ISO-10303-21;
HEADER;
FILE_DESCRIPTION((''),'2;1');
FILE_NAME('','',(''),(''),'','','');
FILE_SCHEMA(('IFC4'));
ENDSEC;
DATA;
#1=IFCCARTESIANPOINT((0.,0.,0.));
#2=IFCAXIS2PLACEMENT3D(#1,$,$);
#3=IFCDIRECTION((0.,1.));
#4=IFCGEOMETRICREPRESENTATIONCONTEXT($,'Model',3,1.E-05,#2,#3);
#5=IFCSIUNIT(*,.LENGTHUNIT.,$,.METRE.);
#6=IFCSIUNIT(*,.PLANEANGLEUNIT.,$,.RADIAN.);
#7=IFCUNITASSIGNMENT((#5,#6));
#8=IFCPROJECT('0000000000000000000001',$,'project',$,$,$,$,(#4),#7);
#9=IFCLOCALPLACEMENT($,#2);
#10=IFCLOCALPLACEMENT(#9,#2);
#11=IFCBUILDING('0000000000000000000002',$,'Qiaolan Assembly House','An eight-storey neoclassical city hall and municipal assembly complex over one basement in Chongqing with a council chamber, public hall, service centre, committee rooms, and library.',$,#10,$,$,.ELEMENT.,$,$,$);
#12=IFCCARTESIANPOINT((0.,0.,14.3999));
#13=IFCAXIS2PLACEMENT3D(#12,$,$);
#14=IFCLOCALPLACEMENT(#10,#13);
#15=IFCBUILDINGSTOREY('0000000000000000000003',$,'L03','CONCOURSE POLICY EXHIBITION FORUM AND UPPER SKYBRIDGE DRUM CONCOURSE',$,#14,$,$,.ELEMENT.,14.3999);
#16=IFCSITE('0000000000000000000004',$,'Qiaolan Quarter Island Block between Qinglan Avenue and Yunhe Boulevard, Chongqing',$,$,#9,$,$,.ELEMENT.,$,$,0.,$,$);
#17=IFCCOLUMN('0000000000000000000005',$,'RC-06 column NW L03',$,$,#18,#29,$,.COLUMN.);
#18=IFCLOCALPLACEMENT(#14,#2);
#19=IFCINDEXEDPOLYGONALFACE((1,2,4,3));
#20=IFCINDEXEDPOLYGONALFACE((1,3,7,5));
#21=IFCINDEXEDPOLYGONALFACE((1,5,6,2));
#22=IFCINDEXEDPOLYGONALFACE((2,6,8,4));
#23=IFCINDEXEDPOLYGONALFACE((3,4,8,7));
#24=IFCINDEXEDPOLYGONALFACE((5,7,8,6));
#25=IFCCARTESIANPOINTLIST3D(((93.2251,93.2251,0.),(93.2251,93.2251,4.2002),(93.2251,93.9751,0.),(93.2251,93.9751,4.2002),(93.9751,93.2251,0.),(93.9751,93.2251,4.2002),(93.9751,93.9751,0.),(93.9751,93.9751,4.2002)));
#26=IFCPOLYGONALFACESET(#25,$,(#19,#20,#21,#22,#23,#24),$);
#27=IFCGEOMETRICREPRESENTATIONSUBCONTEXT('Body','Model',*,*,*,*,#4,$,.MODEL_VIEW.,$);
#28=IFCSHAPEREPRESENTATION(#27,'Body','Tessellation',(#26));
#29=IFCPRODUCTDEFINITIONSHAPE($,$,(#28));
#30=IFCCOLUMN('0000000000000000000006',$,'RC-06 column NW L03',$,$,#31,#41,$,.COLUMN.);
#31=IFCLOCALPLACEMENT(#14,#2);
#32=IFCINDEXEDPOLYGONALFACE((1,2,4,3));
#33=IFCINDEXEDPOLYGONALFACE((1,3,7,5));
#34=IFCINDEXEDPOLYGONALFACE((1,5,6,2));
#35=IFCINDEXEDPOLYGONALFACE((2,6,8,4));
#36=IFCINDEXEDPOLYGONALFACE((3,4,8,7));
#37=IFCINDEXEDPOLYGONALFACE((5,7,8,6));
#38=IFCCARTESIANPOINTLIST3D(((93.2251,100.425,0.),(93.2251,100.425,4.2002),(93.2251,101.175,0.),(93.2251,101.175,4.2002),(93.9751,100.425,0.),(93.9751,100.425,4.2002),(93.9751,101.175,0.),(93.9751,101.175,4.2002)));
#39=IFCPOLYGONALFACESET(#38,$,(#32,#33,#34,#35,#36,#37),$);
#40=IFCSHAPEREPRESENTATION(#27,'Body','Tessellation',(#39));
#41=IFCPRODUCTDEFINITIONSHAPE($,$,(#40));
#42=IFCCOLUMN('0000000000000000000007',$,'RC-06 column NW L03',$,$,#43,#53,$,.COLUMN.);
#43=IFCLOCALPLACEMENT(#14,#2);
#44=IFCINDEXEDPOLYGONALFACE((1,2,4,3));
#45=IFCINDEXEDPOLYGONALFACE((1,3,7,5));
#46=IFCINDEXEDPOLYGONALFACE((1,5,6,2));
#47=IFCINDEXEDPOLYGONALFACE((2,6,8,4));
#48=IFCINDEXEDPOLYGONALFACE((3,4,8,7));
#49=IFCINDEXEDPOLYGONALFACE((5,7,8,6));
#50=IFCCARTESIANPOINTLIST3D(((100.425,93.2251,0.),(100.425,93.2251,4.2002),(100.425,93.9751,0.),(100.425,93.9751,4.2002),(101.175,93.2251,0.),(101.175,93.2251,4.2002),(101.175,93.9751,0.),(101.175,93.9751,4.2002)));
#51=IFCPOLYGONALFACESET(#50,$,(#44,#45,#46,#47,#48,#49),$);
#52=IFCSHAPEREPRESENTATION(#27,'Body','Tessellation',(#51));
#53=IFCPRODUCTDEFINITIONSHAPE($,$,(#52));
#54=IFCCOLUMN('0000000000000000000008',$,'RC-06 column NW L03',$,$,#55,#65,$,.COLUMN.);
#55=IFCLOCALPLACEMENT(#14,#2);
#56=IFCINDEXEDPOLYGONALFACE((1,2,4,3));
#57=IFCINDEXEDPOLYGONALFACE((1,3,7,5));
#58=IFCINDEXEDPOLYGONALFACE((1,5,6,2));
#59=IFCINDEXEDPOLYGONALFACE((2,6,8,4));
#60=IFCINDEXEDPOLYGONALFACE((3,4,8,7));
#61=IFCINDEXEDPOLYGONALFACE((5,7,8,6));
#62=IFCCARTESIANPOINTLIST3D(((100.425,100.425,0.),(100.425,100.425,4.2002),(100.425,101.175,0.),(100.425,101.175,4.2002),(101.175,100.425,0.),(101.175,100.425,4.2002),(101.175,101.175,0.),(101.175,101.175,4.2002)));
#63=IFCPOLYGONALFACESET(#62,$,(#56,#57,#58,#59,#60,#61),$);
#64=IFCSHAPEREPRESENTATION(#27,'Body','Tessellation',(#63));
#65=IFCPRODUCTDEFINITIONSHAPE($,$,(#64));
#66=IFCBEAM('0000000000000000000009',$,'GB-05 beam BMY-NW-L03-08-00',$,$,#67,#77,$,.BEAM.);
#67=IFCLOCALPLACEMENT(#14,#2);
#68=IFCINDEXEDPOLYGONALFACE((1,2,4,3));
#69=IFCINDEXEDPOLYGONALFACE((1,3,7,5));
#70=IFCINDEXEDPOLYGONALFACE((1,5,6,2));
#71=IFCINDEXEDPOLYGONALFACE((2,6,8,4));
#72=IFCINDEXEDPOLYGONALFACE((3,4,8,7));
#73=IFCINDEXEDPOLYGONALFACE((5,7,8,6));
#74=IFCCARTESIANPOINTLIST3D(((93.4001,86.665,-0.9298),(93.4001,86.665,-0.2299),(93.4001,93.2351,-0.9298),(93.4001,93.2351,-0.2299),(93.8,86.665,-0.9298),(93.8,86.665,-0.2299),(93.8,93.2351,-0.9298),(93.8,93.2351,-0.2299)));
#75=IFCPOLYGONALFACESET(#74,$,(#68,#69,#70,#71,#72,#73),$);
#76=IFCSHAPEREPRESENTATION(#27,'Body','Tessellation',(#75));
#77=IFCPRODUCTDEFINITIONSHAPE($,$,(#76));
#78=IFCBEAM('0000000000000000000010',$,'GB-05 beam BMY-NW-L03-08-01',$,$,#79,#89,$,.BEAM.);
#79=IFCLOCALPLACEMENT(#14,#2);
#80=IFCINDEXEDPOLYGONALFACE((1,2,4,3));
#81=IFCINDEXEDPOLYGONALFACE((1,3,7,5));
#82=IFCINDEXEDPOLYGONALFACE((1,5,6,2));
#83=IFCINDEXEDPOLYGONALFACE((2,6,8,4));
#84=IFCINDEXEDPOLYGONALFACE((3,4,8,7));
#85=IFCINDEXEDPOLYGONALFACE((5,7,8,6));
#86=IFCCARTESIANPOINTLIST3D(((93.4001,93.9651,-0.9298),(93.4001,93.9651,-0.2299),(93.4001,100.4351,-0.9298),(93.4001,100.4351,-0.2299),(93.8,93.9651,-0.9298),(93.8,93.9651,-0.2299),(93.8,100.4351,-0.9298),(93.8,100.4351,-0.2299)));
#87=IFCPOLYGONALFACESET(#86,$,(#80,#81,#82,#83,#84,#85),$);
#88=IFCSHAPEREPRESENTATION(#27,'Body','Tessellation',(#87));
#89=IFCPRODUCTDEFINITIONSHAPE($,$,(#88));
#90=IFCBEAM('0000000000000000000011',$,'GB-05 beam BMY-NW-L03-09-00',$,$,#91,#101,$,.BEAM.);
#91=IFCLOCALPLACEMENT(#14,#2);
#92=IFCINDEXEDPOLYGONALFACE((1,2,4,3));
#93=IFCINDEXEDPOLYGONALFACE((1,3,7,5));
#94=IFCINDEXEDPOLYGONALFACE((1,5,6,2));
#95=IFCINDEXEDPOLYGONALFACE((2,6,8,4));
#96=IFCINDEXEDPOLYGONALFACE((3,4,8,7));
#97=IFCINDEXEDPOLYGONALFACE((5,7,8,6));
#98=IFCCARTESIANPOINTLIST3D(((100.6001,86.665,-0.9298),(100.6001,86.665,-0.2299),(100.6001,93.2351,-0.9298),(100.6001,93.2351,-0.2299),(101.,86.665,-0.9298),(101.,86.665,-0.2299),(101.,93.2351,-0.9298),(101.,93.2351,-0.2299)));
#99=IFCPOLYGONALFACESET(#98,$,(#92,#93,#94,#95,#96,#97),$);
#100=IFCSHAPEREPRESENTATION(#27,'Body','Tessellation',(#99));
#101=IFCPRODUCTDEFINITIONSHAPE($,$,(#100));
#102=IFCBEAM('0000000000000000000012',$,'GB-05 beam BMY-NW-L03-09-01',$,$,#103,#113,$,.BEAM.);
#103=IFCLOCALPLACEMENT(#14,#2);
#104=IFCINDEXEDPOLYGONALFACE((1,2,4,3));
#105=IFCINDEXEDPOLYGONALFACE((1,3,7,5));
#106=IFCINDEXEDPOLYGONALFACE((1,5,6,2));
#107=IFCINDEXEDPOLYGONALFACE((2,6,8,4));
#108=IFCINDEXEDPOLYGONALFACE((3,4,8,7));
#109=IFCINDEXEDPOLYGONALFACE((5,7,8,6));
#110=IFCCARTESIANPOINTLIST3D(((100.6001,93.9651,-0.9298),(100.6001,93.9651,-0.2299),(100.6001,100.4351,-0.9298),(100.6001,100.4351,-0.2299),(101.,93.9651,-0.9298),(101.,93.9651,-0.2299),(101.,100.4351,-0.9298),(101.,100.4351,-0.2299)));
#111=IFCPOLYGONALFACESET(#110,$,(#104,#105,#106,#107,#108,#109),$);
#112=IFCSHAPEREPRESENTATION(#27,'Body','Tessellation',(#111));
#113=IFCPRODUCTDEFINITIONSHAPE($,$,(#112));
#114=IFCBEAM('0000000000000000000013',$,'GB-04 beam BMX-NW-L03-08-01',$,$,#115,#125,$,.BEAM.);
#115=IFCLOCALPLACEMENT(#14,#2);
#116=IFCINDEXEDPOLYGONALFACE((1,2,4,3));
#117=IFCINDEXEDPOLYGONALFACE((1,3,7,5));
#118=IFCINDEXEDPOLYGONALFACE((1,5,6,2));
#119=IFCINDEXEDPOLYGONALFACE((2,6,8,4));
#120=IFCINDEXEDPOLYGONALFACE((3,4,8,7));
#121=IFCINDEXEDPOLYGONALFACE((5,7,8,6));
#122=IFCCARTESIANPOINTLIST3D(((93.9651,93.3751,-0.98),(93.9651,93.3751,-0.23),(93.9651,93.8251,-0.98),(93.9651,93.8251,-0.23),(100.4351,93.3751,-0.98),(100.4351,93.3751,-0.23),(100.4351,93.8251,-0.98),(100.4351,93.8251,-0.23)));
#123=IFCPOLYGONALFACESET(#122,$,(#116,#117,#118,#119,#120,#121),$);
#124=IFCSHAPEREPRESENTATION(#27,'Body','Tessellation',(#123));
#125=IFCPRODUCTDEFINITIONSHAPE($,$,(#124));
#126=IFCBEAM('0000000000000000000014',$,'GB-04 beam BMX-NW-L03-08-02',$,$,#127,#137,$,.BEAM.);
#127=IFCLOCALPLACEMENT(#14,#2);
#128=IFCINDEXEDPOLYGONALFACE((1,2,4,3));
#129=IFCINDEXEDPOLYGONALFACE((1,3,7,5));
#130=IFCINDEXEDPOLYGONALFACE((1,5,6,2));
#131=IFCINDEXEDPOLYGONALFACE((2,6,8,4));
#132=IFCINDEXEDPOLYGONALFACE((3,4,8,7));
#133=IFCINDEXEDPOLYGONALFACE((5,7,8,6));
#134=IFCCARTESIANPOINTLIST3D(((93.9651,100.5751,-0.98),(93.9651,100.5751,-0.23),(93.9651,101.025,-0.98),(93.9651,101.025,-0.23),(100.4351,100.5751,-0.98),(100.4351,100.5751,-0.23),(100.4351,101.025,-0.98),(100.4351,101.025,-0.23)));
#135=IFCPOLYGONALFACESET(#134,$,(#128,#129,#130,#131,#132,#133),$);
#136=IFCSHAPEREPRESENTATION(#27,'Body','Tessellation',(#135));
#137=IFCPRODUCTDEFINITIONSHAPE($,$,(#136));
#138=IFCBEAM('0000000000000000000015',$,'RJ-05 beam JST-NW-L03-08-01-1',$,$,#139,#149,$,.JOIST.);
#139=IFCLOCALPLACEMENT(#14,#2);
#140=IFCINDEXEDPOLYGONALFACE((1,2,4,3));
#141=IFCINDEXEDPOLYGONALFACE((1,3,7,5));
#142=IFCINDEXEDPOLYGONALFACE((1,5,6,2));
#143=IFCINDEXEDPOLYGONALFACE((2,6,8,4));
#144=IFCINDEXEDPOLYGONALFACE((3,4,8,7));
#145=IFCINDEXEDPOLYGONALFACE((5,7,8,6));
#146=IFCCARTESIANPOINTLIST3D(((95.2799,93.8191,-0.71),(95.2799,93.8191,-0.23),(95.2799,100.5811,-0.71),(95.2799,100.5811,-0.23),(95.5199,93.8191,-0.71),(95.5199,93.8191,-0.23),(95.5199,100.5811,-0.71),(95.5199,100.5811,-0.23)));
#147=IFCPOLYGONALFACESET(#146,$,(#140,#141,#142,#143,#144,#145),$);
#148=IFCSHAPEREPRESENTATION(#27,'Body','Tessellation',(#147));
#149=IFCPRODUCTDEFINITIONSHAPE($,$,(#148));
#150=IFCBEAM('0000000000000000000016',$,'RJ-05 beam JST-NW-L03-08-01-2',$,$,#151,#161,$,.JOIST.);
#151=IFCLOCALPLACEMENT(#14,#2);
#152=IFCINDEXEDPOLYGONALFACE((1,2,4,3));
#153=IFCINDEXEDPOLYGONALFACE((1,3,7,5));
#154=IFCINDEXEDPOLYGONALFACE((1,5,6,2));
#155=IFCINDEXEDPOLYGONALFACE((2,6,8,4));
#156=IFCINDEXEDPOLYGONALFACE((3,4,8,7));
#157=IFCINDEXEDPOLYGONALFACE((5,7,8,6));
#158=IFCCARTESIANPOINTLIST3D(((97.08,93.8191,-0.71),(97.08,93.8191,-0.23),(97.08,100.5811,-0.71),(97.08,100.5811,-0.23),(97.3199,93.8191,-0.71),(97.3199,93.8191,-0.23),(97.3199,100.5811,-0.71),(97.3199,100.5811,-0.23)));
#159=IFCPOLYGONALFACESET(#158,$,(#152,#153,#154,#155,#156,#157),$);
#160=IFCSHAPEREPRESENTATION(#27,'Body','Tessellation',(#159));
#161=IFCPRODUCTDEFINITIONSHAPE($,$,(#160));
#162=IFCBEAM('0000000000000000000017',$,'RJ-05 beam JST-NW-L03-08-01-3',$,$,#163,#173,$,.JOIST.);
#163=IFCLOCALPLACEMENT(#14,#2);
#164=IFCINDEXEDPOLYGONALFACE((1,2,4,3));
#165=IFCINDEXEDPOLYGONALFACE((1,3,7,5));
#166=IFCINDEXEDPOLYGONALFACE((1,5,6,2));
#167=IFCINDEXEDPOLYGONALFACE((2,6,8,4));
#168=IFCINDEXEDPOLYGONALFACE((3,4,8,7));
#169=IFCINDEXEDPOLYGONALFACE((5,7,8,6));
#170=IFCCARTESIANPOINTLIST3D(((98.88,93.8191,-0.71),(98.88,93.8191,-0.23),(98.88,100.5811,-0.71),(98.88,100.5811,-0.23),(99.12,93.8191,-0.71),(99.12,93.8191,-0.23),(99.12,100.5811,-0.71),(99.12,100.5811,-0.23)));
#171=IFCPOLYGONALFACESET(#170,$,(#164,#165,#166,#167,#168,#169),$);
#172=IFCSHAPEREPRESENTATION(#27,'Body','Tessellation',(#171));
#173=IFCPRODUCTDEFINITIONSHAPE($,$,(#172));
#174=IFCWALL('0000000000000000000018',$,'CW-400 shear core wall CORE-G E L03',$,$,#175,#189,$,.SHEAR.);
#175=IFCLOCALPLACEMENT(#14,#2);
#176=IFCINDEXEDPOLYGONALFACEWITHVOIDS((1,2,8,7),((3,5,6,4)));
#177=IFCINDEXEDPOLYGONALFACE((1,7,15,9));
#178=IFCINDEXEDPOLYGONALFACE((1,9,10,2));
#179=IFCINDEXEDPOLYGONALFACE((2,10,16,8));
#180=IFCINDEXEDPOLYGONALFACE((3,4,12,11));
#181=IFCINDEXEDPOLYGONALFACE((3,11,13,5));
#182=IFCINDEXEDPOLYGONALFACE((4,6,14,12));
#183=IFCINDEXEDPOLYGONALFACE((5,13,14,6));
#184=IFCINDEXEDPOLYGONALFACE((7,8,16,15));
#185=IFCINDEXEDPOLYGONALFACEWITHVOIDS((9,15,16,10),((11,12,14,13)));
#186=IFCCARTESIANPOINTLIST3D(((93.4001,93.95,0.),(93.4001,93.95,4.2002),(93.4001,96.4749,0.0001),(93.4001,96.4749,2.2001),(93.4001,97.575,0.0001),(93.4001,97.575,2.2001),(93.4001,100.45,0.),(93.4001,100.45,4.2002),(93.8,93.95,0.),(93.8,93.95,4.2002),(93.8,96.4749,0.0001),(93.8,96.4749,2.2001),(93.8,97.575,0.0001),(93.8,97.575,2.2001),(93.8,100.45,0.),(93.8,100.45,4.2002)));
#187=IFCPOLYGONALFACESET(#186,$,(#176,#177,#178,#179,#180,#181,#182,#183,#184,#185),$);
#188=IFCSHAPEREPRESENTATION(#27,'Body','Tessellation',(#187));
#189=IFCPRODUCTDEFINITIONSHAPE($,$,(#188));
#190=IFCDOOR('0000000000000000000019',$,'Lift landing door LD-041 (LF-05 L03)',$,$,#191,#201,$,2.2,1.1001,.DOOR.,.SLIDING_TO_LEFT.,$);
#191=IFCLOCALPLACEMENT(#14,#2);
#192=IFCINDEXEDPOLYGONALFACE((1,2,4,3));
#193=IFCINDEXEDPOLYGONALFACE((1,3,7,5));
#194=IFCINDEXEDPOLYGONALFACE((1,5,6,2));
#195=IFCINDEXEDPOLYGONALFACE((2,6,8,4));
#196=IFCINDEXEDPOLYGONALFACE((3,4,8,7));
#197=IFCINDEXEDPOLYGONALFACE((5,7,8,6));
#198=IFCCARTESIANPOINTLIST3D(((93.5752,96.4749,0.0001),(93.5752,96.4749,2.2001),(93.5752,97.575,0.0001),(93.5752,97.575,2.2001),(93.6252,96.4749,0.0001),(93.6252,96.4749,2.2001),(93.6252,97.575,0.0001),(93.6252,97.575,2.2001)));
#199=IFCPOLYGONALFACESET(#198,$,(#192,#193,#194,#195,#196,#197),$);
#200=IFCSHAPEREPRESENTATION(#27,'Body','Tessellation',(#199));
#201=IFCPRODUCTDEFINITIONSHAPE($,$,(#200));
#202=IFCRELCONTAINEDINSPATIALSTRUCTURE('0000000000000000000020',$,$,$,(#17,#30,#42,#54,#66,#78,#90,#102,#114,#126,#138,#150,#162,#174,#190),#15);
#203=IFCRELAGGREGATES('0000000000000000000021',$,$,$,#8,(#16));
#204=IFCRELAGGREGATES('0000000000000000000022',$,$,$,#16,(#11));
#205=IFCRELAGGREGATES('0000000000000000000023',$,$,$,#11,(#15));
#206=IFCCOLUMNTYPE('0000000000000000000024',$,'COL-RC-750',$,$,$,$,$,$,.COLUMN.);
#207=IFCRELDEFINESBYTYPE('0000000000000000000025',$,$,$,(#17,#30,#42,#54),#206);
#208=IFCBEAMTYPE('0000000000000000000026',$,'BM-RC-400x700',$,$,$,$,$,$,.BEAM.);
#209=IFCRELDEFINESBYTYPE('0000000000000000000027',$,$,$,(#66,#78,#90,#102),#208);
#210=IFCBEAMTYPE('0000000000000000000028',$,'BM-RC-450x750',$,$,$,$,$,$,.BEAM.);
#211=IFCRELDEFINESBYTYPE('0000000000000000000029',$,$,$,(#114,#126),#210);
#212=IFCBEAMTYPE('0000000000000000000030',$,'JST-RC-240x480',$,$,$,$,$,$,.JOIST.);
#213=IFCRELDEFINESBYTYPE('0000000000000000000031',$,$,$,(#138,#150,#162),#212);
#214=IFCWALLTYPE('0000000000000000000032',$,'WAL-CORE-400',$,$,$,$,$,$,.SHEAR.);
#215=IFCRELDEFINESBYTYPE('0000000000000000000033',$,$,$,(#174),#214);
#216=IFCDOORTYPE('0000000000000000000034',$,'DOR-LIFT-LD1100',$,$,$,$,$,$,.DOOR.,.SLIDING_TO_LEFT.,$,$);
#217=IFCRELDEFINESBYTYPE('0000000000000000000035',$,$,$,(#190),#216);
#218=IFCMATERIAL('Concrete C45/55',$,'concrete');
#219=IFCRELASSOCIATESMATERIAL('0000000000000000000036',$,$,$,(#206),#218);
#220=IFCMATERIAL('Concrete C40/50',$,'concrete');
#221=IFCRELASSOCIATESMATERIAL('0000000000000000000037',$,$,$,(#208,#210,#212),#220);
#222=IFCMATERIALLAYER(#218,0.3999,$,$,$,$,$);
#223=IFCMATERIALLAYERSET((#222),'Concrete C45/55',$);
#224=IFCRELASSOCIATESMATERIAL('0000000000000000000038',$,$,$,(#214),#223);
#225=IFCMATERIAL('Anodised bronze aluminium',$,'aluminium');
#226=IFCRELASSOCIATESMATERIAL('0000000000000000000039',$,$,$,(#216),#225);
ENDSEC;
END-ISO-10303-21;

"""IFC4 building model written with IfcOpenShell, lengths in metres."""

from ifc_helpers import new_model, si_unit, direction, frame, frame_2d, origin, origin_2d, place, context, subcontext, project, spatial, rectangle, extrude, material, layer, layer_set, material_profile, profile_set, type_object, element, fill, save


model = new_model("IFC4")

# Units and contexts
model_context = context("Model", 3, precision=1e-05, world=origin(), true_north=direction((0.0, 1.0)))
body_context = subcontext(model_context, "Body", "Model", "MODEL_VIEW")
ifc_project = project(units=[si_unit("LENGTHUNIT", "METRE"), si_unit("PLANEANGLEUNIT", "RADIAN")], contexts=[model_context])

# Site, building, storey
site_placement = place(None, origin())
site = spatial("IfcSite", under=ifc_project, at=site_placement, Name="Qiaolan Quarter Island Block between Qinglan Avenue and Yunhe Boulevard, Chongqing", CompositionType="ELEMENT", RefElevation=0.0)
building_placement = place(site_placement, origin())
building = spatial("IfcBuilding", under=site, at=building_placement, Name="Qiaolan Assembly House", Description="An eight-storey neoclassical city hall and municipal assembly complex over one basement in Chongqing with a council chamber, public hall, service centre, committee rooms, and library.", CompositionType="ELEMENT")
storey_placement = place(building_placement, frame((0.0, 0.0, 14.3999)))
storey = spatial("IfcBuildingStorey", under=building, at=storey_placement, Name="L03", Description="CONCOURSE POLICY EXHIBITION FORUM AND UPPER SKYBRIDGE DRUM CONCOURSE", CompositionType="ELEMENT", Elevation=14.3999)

# Columns
ifc_material_1 = material(Name="Concrete C45/55", Category="concrete")
ifc_material_profile_1 = material_profile(ifc_material_1, rectangle(XDim=0.75, YDim=0.75, at=origin_2d()), Name="RC 750x750")
ifc_profile_set_1 = profile_set([ifc_material_profile_1], Name="Concrete C45/55")
column_type = type_object("IfcColumnType", Name="COL-RC-750", PredefinedType="COLUMN", material=ifc_profile_set_1)
for number, where, z_axis, x_axis, name in (
    (1, (93.6001, 93.6001, 0.0), (0.0, 0.0, 1.0), (1.0, 0.0, 0.0), "RC-06 column NW L03"),
    (2, (93.6001, 100.8, 0.0), (0.0, 0.0, 1.0), (1.0, 0.0, 0.0), "RC-06 column NW L03"),
    (3, (100.8, 93.6001, 0.0), (0.0, 0.0, 1.0), (1.0, 0.0, 0.0), "RC-06 column NW L03"),
    (4, (100.8, 100.8, 0.0), (0.0, 0.0, 1.0), (1.0, 0.0, 0.0), "RC-06 column NW L03"),
):
    element("IfcColumn", number, at=place(storey_placement, frame(where, z_axis=z_axis, x_axis=x_axis)), inside=storey, type_object=column_type, Name=name, PredefinedType="COLUMN", context=body_context, shape_type="SweptSolid", body=[
        extrude(rectangle(XDim=0.75, YDim=0.75, at=origin_2d()), origin(), (0.0, 0.0, 1.0), 4.2002),
    ])

# Beams
ifc_material_2 = material(Name="Concrete C40/50", Category="concrete")
ifc_material_profile_2 = material_profile(ifc_material_2, rectangle(XDim=0.3999, YDim=0.7, at=origin_2d()), Name="RCB 400x700")
ifc_profile_set_2 = profile_set([ifc_material_profile_2], Name="Concrete C40/50")
beam_type_1 = type_object("IfcBeamType", Name="BM-RC-400x700", PredefinedType="BEAM", material=ifc_profile_set_2)
beam_1_placement = place(storey_placement, frame((93.6001, 86.665, -0.5798), z_axis=(0.0, 1.0, 0.0), x_axis=(-1.0, 0.0, 0.0)))
element("IfcBeam", 5, at=beam_1_placement, inside=storey, type_object=beam_type_1, Name="GB-05 beam BMY-NW-L03-08-00", PredefinedType="BEAM", context=body_context, shape_type="SweptSolid", body=[
    extrude(rectangle(XDim=0.3999, YDim=0.7, at=origin_2d()), origin(), (0.0, 0.0, 1.0), 6.5701),
])
beam_2_placement = place(storey_placement, frame((93.6001, 93.9651, -0.5798), z_axis=(0.0, 1.0, 0.0), x_axis=(-1.0, 0.0, 0.0)))
element("IfcBeam", 6, at=beam_2_placement, inside=storey, type_object=beam_type_1, Name="GB-05 beam BMY-NW-L03-08-01", PredefinedType="BEAM", context=body_context, shape_type="SweptSolid", body=[
    extrude(rectangle(XDim=0.3999, YDim=0.7, at=origin_2d()), origin(), (0.0, 0.0, 1.0), 6.47),
])
beam_3_placement = place(storey_placement, frame((100.8, 86.665, -0.5798), z_axis=(0.0, 1.0, 0.0), x_axis=(-1.0, 0.0, 0.0)))
element("IfcBeam", 7, at=beam_3_placement, inside=storey, type_object=beam_type_1, Name="GB-05 beam BMY-NW-L03-09-00", PredefinedType="BEAM", context=body_context, shape_type="SweptSolid", body=[
    extrude(rectangle(XDim=0.3999, YDim=0.7, at=origin_2d()), origin(), (0.0, 0.0, 1.0), 6.5701),
])
beam_4_placement = place(storey_placement, frame((100.8, 93.9651, -0.5798), z_axis=(0.0, 1.0, 0.0), x_axis=(-1.0, 0.0, 0.0)))
element("IfcBeam", 8, at=beam_4_placement, inside=storey, type_object=beam_type_1, Name="GB-05 beam BMY-NW-L03-09-01", PredefinedType="BEAM", context=body_context, shape_type="SweptSolid", body=[
    extrude(rectangle(XDim=0.3999, YDim=0.7, at=origin_2d()), origin(), (0.0, 0.0, 1.0), 6.47),
])
ifc_material_profile_3 = material_profile(ifc_material_2, rectangle(XDim=0.45, YDim=0.75, at=origin_2d()), Name="RCB 450x750")
ifc_profile_set_3 = profile_set([ifc_material_profile_3], Name="Concrete C40/50")
beam_type_2 = type_object("IfcBeamType", Name="BM-RC-450x750", PredefinedType="BEAM", material=ifc_profile_set_3)
for number, where, z_axis, x_axis, name in (
    (9, (93.9651, 93.6001, -0.605), (1.0, 0.0, 0.0), (0.0, 1.0, 0.0), "GB-04 beam BMX-NW-L03-08-01"),
    (10, (93.9651, 100.8, -0.605), (1.0, 0.0, 0.0), (0.0, 1.0, 0.0), "GB-04 beam BMX-NW-L03-08-02"),
):
    element("IfcBeam", number, at=place(storey_placement, frame(where, z_axis=z_axis, x_axis=x_axis)), inside=storey, type_object=beam_type_2, Name=name, PredefinedType="BEAM", context=body_context, shape_type="SweptSolid", body=[
        extrude(rectangle(XDim=0.45, YDim=0.75, at=origin_2d()), origin(), (0.0, 0.0, 1.0), 6.47),
    ])
ifc_material_profile_4 = material_profile(ifc_material_2, rectangle(XDim=0.24, YDim=0.48, at=origin_2d()), Name="RCB 240x480")
ifc_profile_set_4 = profile_set([ifc_material_profile_4], Name="Concrete C40/50")
beam_type_3 = type_object("IfcBeamType", Name="JST-RC-240x480", PredefinedType="JOIST", material=ifc_profile_set_4)
for number, where, z_axis, x_axis, name in (
    (11, (95.3999, 93.8191, -0.47), (0.0, 1.0, 0.0), (-1.0, 0.0, 0.0), "RJ-05 beam JST-NW-L03-08-01-1"),
    (12, (97.2, 93.8191, -0.47), (0.0, 1.0, 0.0), (-1.0, 0.0, 0.0), "RJ-05 beam JST-NW-L03-08-01-2"),
    (13, (99.0, 93.8191, -0.47), (0.0, 1.0, 0.0), (-1.0, 0.0, 0.0), "RJ-05 beam JST-NW-L03-08-01-3"),
):
    element("IfcBeam", number, at=place(storey_placement, frame(where, z_axis=z_axis, x_axis=x_axis)), inside=storey, type_object=beam_type_3, Name=name, PredefinedType="JOIST", context=body_context, shape_type="SweptSolid", body=[
        extrude(rectangle(XDim=0.24, YDim=0.48, at=origin_2d()), origin(), (0.0, 0.0, 1.0), 6.762),
    ])

# Wall, opening, door
ifc_layer_1 = layer(ifc_material_1, 0.3999)
ifc_layer_set_1 = layer_set([ifc_layer_1], Name="Concrete C45/55")
wall_type_1 = type_object("IfcWallType", Name="WAL-CORE-400", PredefinedType="SHEAR", material=ifc_layer_set_1)
wall_1_placement = place(storey_placement, frame((93.6001, 93.95, 0.0), z_axis=(0.0, 0.0, 1.0), x_axis=(0.0, 1.0, 0.0)))
wall_1 = element("IfcWall", 14, at=wall_1_placement, inside=storey, type_object=wall_type_1, Name="CW-400 shear core wall CORE-G E L03", PredefinedType="SHEAR", context=body_context, shape_type="SweptSolid", body=[
    extrude(rectangle(XDim=6.5, YDim=0.3999, at=frame_2d((3.25, 0.0))), origin(), (0.0, 0.0, 1.0), 4.2002),
])
opening_1_placement = place(wall_1_placement, frame((2.5249, 0.0, 0.0)))
opening_1 = element("IfcOpeningElement", 15, at=opening_1_placement, cuts=wall_1, PredefinedType="OPENING", context=body_context, shape_type="SweptSolid", body=[
    extrude(rectangle(XDim=1.1001, YDim=2.2, at=frame_2d((0.55, 1.1001))), frame((0.0, 0.21, 0.0), z_axis=(0.0, -1.0, 0.0), x_axis=(1.0, 0.0, 0.0)), (0.0, 0.0, 1.0), 0.4199),
])
ifc_material_3 = material(Name="Anodised bronze aluminium", Category="aluminium")
door_type_1 = type_object("IfcDoorType", Name="DOR-LIFT-LD1100", OperationType="SLIDING_TO_LEFT", PredefinedType="DOOR", material=ifc_material_3)
door_1_placement = place(opening_1_placement, origin())
door_1 = element("IfcDoor", 16, at=door_1_placement, inside=storey, type_object=door_type_1, Name="Lift landing door LD-041 (LF-05 L03)", OperationType="SLIDING_TO_LEFT", OverallHeight=2.2, OverallWidth=1.1001, PredefinedType="DOOR", context=body_context, shape_type="SweptSolid", body=[
    extrude(rectangle(XDim=1.1001, YDim=2.2, at=frame_2d((0.55, 1.1001))), frame((0.0, 0.0249, 0.0), z_axis=(0.0, -1.0, 0.0), x_axis=(1.0, 0.0, 0.0)), (0.0, 0.0, 1.0), 0.05),
])
fill(opening_1, door_1)

save(model, "model.ifc")
